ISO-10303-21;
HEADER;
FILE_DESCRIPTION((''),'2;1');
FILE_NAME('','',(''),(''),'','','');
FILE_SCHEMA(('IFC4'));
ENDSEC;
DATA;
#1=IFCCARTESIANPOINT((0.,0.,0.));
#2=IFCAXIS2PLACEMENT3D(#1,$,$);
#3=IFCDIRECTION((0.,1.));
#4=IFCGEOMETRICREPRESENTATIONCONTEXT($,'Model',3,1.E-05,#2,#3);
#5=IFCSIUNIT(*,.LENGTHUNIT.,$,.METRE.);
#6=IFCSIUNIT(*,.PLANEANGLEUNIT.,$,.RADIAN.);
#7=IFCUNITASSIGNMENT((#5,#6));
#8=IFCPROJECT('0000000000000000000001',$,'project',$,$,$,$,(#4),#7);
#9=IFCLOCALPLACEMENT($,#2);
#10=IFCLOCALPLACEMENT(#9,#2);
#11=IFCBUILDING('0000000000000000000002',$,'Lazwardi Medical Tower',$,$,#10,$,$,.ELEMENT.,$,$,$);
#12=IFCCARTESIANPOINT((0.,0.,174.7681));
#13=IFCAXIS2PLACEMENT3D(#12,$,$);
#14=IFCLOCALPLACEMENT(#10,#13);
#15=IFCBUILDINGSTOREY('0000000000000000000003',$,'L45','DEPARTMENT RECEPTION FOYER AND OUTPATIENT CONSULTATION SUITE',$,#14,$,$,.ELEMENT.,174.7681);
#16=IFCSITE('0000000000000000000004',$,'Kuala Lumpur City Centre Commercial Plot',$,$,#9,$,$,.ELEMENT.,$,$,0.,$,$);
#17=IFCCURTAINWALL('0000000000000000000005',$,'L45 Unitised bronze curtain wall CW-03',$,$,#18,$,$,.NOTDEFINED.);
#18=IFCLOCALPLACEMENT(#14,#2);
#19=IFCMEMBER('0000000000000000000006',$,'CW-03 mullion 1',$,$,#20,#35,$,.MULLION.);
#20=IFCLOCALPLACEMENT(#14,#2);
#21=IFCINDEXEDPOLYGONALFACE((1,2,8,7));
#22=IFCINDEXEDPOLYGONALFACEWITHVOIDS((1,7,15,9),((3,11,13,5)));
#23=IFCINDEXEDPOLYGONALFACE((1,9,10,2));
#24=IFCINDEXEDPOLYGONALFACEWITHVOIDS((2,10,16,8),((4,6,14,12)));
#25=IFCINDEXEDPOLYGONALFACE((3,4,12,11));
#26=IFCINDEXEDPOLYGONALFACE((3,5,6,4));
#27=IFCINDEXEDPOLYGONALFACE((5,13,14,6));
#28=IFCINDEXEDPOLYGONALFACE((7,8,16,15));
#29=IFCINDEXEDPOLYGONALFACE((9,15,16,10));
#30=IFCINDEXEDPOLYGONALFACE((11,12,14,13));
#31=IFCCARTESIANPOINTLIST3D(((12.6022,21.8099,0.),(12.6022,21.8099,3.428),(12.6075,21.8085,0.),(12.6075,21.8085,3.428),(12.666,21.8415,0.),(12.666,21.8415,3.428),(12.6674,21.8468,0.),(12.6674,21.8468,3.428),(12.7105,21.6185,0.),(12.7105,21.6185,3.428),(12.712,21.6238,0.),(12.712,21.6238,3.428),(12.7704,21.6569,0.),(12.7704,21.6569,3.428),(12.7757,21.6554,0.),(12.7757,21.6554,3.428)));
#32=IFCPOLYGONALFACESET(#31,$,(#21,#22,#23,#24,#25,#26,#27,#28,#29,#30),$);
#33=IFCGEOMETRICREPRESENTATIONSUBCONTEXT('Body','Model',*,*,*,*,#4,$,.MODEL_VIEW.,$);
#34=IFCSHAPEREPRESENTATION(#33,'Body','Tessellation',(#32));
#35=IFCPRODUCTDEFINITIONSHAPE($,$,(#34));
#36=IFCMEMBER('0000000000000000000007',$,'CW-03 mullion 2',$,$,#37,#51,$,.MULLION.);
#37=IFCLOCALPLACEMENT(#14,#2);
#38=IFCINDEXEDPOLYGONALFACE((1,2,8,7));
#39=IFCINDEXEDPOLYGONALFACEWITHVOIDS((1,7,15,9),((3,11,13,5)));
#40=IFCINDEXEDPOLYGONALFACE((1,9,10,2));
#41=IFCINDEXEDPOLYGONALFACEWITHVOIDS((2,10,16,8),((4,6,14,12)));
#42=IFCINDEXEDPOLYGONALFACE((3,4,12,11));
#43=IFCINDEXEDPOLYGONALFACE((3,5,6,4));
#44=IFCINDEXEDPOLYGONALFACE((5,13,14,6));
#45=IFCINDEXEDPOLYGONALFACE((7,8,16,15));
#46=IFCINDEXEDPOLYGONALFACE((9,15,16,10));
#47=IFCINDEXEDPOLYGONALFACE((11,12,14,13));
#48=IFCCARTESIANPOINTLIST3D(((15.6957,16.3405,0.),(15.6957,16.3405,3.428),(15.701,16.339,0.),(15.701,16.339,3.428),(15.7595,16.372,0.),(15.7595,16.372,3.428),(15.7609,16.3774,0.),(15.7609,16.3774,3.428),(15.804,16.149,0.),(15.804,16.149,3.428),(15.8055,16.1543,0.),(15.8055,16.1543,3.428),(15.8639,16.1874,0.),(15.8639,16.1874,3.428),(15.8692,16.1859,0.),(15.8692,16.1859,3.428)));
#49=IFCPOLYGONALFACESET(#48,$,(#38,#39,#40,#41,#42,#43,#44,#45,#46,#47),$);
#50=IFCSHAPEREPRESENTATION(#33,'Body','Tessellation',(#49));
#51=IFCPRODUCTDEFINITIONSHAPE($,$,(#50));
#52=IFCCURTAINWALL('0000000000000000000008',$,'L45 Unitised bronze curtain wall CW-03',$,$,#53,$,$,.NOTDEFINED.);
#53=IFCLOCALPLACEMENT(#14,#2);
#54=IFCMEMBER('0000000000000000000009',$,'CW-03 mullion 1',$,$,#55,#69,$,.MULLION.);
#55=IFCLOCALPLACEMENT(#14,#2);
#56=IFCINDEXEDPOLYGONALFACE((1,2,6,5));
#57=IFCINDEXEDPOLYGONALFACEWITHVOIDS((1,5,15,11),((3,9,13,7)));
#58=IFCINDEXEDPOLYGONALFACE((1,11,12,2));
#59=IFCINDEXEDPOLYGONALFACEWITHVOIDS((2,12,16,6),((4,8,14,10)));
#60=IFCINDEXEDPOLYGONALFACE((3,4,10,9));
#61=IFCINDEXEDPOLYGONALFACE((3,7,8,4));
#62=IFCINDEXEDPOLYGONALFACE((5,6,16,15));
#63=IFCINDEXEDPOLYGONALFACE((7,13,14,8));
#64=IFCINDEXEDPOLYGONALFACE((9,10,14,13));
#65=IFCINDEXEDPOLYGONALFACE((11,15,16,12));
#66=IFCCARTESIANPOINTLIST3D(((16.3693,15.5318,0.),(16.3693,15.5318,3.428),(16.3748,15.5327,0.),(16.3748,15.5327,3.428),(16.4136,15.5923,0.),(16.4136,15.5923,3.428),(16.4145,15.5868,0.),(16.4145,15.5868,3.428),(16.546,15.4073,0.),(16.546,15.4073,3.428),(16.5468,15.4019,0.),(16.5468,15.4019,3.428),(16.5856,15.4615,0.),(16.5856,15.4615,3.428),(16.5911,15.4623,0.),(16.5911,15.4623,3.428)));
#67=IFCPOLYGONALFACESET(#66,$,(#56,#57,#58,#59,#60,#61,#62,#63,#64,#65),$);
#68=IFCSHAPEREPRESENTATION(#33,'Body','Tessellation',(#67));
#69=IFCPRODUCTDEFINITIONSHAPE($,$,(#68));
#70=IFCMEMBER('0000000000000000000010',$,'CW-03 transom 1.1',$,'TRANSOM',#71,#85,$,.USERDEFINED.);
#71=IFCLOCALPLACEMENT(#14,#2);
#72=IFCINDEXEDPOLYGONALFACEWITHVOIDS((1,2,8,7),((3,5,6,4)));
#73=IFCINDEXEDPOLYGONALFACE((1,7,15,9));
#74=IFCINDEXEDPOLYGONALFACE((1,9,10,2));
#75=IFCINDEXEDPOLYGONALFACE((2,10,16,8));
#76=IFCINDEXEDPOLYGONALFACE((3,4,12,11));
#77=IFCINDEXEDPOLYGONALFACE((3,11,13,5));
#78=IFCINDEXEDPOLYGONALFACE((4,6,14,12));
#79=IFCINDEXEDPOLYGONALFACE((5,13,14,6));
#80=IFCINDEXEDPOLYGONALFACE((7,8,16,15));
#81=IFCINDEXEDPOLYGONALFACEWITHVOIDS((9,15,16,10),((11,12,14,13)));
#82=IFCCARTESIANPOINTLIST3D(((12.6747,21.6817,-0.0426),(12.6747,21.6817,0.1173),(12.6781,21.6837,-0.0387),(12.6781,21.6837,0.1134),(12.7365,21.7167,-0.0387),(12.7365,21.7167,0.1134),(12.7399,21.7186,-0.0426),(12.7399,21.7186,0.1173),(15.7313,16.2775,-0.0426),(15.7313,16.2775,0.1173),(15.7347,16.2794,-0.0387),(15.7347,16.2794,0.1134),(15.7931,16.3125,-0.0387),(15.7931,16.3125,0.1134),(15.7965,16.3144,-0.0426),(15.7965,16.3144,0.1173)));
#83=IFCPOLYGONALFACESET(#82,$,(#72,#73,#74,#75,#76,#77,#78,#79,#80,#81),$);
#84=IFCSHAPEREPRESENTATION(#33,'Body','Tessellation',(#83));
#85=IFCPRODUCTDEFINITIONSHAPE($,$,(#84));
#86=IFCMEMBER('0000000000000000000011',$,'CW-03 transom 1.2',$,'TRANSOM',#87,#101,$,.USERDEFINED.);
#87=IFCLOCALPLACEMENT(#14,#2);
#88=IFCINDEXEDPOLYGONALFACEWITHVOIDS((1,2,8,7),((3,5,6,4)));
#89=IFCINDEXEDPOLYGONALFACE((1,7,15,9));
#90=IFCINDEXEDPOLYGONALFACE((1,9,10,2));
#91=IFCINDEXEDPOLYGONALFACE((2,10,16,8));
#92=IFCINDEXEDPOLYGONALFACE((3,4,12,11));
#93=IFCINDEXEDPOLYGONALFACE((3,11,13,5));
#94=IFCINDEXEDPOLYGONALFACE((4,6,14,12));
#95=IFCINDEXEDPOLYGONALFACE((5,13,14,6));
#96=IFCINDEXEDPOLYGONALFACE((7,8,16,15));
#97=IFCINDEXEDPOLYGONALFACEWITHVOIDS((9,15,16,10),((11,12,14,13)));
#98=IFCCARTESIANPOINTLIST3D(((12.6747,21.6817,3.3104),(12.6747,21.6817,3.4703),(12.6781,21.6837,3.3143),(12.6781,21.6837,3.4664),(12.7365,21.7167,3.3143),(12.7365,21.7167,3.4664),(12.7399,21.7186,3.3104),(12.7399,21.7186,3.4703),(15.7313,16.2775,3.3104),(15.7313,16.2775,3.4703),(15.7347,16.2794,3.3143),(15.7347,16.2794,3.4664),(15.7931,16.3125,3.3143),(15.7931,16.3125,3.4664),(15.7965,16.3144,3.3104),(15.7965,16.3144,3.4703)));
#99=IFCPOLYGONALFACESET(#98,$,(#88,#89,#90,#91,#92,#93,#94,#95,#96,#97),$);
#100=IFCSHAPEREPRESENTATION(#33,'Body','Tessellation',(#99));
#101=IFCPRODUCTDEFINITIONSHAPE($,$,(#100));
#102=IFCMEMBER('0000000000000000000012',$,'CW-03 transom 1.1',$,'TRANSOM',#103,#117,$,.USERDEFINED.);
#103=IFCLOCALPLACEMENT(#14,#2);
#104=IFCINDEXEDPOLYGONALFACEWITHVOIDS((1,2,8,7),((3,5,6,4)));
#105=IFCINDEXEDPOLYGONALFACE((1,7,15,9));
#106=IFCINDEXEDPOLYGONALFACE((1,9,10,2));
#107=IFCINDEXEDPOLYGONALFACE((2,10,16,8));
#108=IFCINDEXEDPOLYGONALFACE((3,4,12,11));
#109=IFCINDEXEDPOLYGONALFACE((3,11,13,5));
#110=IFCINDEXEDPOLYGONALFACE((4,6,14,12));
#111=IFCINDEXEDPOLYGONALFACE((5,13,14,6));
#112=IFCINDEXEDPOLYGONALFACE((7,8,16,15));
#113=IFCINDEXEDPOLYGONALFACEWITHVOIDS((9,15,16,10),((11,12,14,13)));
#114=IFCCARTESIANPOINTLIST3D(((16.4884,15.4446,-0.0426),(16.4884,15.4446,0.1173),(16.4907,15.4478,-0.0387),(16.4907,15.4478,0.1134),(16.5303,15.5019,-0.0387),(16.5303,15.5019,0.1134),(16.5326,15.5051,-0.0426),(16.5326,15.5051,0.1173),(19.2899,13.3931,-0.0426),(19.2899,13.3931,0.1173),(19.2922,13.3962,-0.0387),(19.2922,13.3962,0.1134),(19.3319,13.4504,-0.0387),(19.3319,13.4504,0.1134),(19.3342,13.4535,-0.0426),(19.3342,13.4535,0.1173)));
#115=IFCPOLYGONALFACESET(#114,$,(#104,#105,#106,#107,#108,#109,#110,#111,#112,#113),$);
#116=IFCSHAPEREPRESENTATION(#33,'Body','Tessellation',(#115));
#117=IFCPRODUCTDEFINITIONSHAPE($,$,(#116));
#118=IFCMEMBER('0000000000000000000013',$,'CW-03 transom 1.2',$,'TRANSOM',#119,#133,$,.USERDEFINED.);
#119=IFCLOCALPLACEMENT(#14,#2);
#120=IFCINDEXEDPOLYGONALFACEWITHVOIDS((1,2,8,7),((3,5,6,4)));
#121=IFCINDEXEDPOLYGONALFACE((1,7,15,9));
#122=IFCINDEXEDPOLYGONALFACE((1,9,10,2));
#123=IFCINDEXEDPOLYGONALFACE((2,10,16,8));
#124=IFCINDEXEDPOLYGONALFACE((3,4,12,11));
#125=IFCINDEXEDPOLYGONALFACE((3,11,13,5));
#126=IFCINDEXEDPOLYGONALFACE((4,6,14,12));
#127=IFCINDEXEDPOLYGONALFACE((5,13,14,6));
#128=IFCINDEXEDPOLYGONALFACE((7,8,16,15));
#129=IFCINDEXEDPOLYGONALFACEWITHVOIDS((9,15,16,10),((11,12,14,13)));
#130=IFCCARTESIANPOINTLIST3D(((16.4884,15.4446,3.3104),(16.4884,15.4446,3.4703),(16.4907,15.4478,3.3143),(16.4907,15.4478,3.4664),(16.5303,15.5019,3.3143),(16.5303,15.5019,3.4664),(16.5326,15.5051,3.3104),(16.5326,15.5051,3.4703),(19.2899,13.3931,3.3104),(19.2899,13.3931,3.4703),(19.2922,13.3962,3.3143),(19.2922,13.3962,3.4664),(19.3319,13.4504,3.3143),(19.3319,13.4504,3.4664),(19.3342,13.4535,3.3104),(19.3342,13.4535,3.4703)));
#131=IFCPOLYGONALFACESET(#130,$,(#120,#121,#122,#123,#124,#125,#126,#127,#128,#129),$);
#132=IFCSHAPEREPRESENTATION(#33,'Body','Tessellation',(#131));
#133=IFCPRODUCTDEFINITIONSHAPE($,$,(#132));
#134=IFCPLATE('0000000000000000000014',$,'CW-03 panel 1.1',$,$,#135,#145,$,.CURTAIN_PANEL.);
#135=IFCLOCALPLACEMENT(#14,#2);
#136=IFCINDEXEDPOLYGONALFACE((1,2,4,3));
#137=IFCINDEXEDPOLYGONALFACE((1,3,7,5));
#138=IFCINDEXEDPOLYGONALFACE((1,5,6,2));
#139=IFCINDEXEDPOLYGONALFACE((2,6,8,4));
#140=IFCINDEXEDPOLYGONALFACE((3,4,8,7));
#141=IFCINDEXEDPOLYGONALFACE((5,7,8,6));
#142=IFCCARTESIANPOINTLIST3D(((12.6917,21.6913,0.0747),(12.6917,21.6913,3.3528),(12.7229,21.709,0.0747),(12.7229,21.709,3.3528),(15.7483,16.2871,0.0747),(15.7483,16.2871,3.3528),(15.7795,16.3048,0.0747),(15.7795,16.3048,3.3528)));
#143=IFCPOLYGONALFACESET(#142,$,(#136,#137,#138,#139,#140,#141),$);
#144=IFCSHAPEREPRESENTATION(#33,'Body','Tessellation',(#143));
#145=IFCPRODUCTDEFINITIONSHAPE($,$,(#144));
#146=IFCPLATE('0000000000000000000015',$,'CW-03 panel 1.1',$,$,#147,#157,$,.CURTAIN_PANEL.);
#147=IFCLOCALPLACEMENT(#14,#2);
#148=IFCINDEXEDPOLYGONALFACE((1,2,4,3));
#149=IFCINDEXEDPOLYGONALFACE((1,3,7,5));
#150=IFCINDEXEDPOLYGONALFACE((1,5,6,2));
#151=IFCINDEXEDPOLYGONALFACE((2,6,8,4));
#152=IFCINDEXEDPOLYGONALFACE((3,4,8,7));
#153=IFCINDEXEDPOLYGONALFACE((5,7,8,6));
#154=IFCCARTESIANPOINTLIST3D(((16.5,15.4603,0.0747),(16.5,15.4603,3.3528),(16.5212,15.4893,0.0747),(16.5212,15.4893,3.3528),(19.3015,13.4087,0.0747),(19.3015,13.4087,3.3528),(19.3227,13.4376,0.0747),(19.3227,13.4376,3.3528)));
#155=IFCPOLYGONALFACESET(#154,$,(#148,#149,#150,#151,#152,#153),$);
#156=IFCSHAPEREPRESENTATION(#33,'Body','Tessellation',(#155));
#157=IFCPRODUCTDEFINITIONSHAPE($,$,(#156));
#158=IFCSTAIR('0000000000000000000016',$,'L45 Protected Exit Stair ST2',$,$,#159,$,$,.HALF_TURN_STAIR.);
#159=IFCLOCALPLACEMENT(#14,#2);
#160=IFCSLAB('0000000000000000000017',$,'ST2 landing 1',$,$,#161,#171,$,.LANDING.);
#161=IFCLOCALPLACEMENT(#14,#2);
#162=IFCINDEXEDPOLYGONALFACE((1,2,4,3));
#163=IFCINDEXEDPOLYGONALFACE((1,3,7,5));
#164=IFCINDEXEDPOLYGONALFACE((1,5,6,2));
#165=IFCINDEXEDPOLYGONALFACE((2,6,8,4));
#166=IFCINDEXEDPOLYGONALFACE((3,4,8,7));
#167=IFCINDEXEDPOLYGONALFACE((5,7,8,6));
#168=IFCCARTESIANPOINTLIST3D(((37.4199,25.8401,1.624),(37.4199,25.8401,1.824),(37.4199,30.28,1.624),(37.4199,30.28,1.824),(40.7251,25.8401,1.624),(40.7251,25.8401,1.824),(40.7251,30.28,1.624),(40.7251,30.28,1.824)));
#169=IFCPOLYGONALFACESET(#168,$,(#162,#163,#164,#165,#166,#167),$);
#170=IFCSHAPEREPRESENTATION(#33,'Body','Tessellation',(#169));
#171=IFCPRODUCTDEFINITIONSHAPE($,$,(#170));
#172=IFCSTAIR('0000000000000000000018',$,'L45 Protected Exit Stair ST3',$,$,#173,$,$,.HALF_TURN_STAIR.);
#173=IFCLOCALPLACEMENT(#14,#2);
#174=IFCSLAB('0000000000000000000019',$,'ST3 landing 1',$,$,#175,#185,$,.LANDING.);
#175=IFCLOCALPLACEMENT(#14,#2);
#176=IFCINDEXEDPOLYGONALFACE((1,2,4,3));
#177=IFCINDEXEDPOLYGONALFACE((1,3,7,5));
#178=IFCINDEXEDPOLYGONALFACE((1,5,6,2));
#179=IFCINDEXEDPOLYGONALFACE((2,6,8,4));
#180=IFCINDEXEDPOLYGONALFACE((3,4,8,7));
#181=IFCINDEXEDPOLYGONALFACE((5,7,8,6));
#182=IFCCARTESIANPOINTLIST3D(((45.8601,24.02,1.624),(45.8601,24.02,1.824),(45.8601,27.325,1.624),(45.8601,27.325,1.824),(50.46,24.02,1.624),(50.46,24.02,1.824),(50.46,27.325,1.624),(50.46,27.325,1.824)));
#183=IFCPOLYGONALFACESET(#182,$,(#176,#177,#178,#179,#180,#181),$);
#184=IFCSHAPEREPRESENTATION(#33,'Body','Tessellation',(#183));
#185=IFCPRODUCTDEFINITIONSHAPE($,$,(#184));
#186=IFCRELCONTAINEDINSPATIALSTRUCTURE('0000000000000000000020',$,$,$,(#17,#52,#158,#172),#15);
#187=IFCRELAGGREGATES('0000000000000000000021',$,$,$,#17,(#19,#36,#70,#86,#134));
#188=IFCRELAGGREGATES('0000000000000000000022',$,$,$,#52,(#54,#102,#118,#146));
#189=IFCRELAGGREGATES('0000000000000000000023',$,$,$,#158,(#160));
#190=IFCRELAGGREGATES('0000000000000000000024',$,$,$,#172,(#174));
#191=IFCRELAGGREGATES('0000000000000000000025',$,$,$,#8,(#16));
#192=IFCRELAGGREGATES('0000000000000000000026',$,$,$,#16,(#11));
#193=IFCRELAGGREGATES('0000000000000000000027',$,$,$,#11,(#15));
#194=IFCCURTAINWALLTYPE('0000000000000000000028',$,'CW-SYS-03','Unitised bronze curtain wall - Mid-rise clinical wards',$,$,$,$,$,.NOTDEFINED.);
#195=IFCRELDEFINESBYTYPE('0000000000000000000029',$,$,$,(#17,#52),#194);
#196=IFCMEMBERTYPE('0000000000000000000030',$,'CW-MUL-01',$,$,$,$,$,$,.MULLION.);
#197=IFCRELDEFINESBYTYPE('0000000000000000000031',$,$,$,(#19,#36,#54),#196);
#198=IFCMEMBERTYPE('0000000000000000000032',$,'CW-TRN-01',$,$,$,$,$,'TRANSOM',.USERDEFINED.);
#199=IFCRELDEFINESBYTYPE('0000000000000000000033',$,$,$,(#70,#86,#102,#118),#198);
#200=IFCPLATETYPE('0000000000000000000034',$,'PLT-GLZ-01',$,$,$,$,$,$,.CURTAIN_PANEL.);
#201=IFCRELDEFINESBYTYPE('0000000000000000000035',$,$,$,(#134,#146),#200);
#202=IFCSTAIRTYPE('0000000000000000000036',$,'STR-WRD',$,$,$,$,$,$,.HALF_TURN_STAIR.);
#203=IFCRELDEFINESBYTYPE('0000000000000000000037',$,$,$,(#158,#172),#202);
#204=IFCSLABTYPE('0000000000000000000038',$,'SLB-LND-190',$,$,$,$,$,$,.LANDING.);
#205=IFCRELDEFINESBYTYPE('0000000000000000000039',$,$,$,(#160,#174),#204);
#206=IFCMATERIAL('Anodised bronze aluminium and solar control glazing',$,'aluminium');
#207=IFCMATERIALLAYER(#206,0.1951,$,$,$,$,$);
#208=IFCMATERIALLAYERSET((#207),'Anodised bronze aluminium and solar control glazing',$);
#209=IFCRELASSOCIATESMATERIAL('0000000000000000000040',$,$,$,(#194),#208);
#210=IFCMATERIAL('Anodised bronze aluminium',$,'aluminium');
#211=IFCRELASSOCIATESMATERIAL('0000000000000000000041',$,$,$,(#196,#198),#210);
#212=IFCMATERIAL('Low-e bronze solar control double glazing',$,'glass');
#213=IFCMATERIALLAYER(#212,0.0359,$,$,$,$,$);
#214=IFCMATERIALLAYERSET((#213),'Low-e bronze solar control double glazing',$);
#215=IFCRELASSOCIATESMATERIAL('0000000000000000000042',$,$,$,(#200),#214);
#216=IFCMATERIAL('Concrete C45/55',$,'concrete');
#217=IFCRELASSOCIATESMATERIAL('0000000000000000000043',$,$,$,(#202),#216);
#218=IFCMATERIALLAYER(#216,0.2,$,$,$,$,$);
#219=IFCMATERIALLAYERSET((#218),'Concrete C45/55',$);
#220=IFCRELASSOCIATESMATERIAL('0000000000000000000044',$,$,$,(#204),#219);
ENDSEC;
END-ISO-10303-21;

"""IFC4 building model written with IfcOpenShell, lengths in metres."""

from ifc_helpers import new_model, si_unit, direction, frame, origin, origin_2d, place, context, subcontext, project, spatial, polyline, rectangle, hollow_rectangle, outline, extrude, material, layer, layer_set, material_profile, profile_set, type_object, element, aggregate, save


model = new_model("IFC4")

# Units and contexts
model_context = context("Model", 3, precision=1e-05, world=origin(), true_north=direction((0.0, 1.0)))
body_context = subcontext(model_context, "Body", "Model", "MODEL_VIEW")
ifc_project = project(units=[si_unit("LENGTHUNIT", "METRE"), si_unit("PLANEANGLEUNIT", "RADIAN")], contexts=[model_context])

# Site, building, storey
site_placement = place(None, origin())
site = spatial("IfcSite", under=ifc_project, at=site_placement, Name="Kuala Lumpur City Centre Commercial Plot", CompositionType="ELEMENT", RefElevation=0.0)
building_placement = place(site_placement, origin())
building = spatial("IfcBuilding", under=site, at=building_placement, Name="Lazwardi Medical Tower", CompositionType="ELEMENT")
storey_placement = place(building_placement, frame((0.0, 0.0, 174.7681)))
storey = spatial("IfcBuildingStorey", under=building, at=storey_placement, Name="L45", Description="DEPARTMENT RECEPTION FOYER AND OUTPATIENT CONSULTATION SUITE", CompositionType="ELEMENT", Elevation=174.7681)

# Curtain wall, members
ifc_material_1 = material(Name="Anodised bronze aluminium and solar control glazing", Category="aluminium")
ifc_layer_1 = layer(ifc_material_1, 0.1951)
ifc_layer_set_1 = layer_set([ifc_layer_1], Name="Anodised bronze aluminium and solar control glazing")
curtain_wall_type = type_object("IfcCurtainWallType", Name="CW-SYS-03", Description="Unitised bronze curtain wall - Mid-rise clinical wards", PredefinedType="NOTDEFINED", material=ifc_layer_set_1)
curtain_wall_1_placement = place(storey_placement, origin())
curtain_wall_1 = element("IfcCurtainWall", 1, at=curtain_wall_1_placement, inside=storey, type_object=curtain_wall_type, Name="L45 Unitised bronze curtain wall CW-03", PredefinedType="NOTDEFINED")
ifc_material_2 = material(Name="Anodised bronze aluminium", Category="aluminium")
ifc_material_profile_1 = material_profile(ifc_material_2, hollow_rectangle(XDim=0.075, YDim=0.22, WallThickness=0.0039, at=origin_2d()), Name="ALU-MULLION 220x75x4")
ifc_profile_set_1 = profile_set([ifc_material_profile_1], Name="Anodised bronze aluminium")
member_type_1 = type_object("IfcMemberType", Name="CW-MUL-01", PredefinedType="MULLION", material=ifc_profile_set_1)
member_1_placement = place(storey_placement, frame((12.689, 21.7327, 0.0), z_axis=(0.0, 0.0, 1.0), x_axis=(0.870419, 0.492312, 0.0)))
member_1 = element("IfcMember", 2, at=member_1_placement, type_object=member_type_1, Name="CW-03 mullion 1", PredefinedType="MULLION", context=body_context, shape_type="SweptSolid", body=[
    extrude(hollow_rectangle(XDim=0.075, YDim=0.22, WallThickness=0.0039, at=origin_2d()), origin(), (0.0, 0.0, 1.0), 3.428),
])
member_2_placement = place(storey_placement, frame((15.7825, 16.2632, 0.0), z_axis=(0.0, 0.0, 1.0), x_axis=(0.870419, 0.492312, 0.0)))
member_2 = element("IfcMember", 3, at=member_2_placement, type_object=member_type_1, Name="CW-03 mullion 2", PredefinedType="MULLION", context=body_context, shape_type="SweptSolid", body=[
    extrude(hollow_rectangle(XDim=0.075, YDim=0.22, WallThickness=0.0039, at=origin_2d()), origin(), (0.0, 0.0, 1.0), 3.428),
])

# Curtain wall, member
curtain_wall_2_placement = place(storey_placement, origin())
curtain_wall_2 = element("IfcCurtainWall", 4, at=curtain_wall_2_placement, inside=storey, type_object=curtain_wall_type, Name="L45 Unitised bronze curtain wall CW-03", PredefinedType="NOTDEFINED")
member_3_placement = place(storey_placement, frame((16.4802, 15.4971, 0.0), z_axis=(0.0, 0.0, 1.0), x_axis=(0.590834, 0.806793, 0.0)))
member_3 = element("IfcMember", 5, at=member_3_placement, type_object=member_type_1, Name="CW-03 mullion 1", PredefinedType="MULLION", context=body_context, shape_type="SweptSolid", body=[
    extrude(hollow_rectangle(XDim=0.075, YDim=0.22, WallThickness=0.0039, at=origin_2d()), origin(), (0.0, 0.0, 1.0), 3.428),
])

# Members
ifc_material_profile_2 = material_profile(ifc_material_2, hollow_rectangle(XDim=0.075, YDim=0.1599, WallThickness=0.0039, at=origin_2d()), Name="ALU-TRANSOM 160x75x4")
ifc_profile_set_2 = profile_set([ifc_material_profile_2], Name="Anodised bronze aluminium")
member_type_2 = type_object("IfcMemberType", Name="CW-TRN-01", ElementType="TRANSOM", PredefinedType="USERDEFINED", material=ifc_profile_set_2)
member_4_placement = place(storey_placement, frame((12.7073, 21.7002, 0.0374), z_axis=(0.492306, -0.870422, 0.0), x_axis=(0.870422, 0.492306, 0.0)))
member_4 = element("IfcMember", 6, at=member_4_placement, type_object=member_type_2, Name="CW-03 transom 1.1", ObjectType="TRANSOM", PredefinedType="USERDEFINED", context=body_context, shape_type="SweptSolid", body=[
    extrude(hollow_rectangle(XDim=0.075, YDim=0.1599, WallThickness=0.0039, at=origin_2d()), origin(), (0.0, 0.0, 1.0), 6.2087),
])
member_5_placement = place(storey_placement, frame((12.7073, 21.7002, 3.3904), z_axis=(0.492306, -0.870422, 0.0), x_axis=(0.870422, 0.492306, 0.0)))
member_5 = element("IfcMember", 7, at=member_5_placement, type_object=member_type_2, Name="CW-03 transom 1.2", ObjectType="TRANSOM", PredefinedType="USERDEFINED", context=body_context, shape_type="SweptSolid", body=[
    extrude(hollow_rectangle(XDim=0.075, YDim=0.1599, WallThickness=0.0039, at=origin_2d()), origin(), (0.0, 0.0, 1.0), 6.2087),
])
member_6_placement = place(storey_placement, frame((16.5105, 15.4749, 0.0374), z_axis=(0.806807, -0.590815, 0.0), x_axis=(0.590815, 0.806807, 0.0)))
member_6 = element("IfcMember", 8, at=member_6_placement, type_object=member_type_2, Name="CW-03 transom 1.1", ObjectType="TRANSOM", PredefinedType="USERDEFINED", context=body_context, shape_type="SweptSolid", body=[
    extrude(hollow_rectangle(XDim=0.075, YDim=0.1599, WallThickness=0.0039, at=origin_2d()), origin(), (0.0, 0.0, 1.0), 3.4724),
])
member_7_placement = place(storey_placement, frame((16.5105, 15.4749, 3.3904), z_axis=(0.806807, -0.590815, 0.0), x_axis=(0.590815, 0.806807, 0.0)))
member_7 = element("IfcMember", 9, at=member_7_placement, type_object=member_type_2, Name="CW-03 transom 1.2", ObjectType="TRANSOM", PredefinedType="USERDEFINED", context=body_context, shape_type="SweptSolid", body=[
    extrude(hollow_rectangle(XDim=0.075, YDim=0.1599, WallThickness=0.0039, at=origin_2d()), origin(), (0.0, 0.0, 1.0), 3.4724),
])

# Plates
ifc_material_3 = material(Name="Low-e bronze solar control double glazing", Category="glass")
ifc_layer_2 = layer(ifc_material_3, 0.0359)
ifc_layer_set_2 = layer_set([ifc_layer_2], Name="Low-e bronze solar control double glazing")
plate_type = type_object("IfcPlateType", Name="PLT-GLZ-01", PredefinedType="CURTAIN_PANEL", material=ifc_layer_set_2)
plate_1_placement = place(storey_placement, frame((14.2356, 18.998, 0.0747), z_axis=(0.0, 0.0, 1.0), x_axis=(0.492312, -0.870419, 0.0)))
plate_1 = element("IfcPlate", 10, at=plate_1_placement, type_object=plate_type, Name="CW-03 panel 1.1", PredefinedType="CURTAIN_PANEL", context=body_context, shape_type="SweptSolid", body=[
    extrude(rectangle(XDim=6.2087, YDim=0.0359, at=origin_2d()), origin(), (0.0, 0.0, 1.0), 3.2781),
])
aggregate(curtain_wall_1, [member_1, member_2, member_4, member_5, plate_1])
plate_2_placement = place(storey_placement, frame((17.9114, 14.449, 0.0747), z_axis=(0.0, 0.0, 1.0), x_axis=(0.806793, -0.590834, 0.0)))
plate_2 = element("IfcPlate", 11, at=plate_2_placement, type_object=plate_type, Name="CW-03 panel 1.1", PredefinedType="CURTAIN_PANEL", context=body_context, shape_type="SweptSolid", body=[
    extrude(rectangle(XDim=3.4724, YDim=0.0359, at=origin_2d()), origin(), (0.0, 0.0, 1.0), 3.2781),
])
aggregate(curtain_wall_2, [member_3, member_6, member_7, plate_2])

# Stairs, slabs
ifc_material_4 = material(Name="Concrete C45/55", Category="concrete")
stair_type = type_object("IfcStairType", Name="STR-WRD", PredefinedType="HALF_TURN_STAIR", material=ifc_material_4)
stair_1_placement = place(storey_placement, origin())
stair_1 = element("IfcStair", 12, at=stair_1_placement, inside=storey, type_object=stair_type, Name="L45 Protected Exit Stair ST2", PredefinedType="HALF_TURN_STAIR")
ifc_layer_3 = layer(ifc_material_4, 0.2)
ifc_layer_set_3 = layer_set([ifc_layer_3], Name="Concrete C45/55")
slab_type = type_object("IfcSlabType", Name="SLB-LND-190", PredefinedType="LANDING", material=ifc_layer_set_3)
slab_1_placement = place(storey_placement, frame((0.0, 0.0, 1.624)))
slab_1 = element("IfcSlab", 13, at=slab_1_placement, type_object=slab_type, Name="ST2 landing 1", PredefinedType="LANDING", context=body_context, shape_type="SweptSolid", body=[
    extrude(outline(polyline([(40.7251, 30.28), (37.4199, 30.28), (37.4199, 25.8401), (40.7251, 25.8401), (40.7251, 30.28)])), origin(), (0.0, 0.0, 1.0), 0.2),
])
aggregate(stair_1, [slab_1])
stair_2_placement = place(storey_placement, origin())
stair_2 = element("IfcStair", 14, at=stair_2_placement, inside=storey, type_object=stair_type, Name="L45 Protected Exit Stair ST3", PredefinedType="HALF_TURN_STAIR")
slab_2_placement = place(storey_placement, frame((0.0, 0.0, 1.624)))
slab_2 = element("IfcSlab", 15, at=slab_2_placement, type_object=slab_type, Name="ST3 landing 1", PredefinedType="LANDING", context=body_context, shape_type="SweptSolid", body=[
    extrude(outline(polyline([(45.8601, 27.325), (45.8601, 24.02), (50.46, 24.02), (50.46, 27.325), (45.8601, 27.325)])), origin(), (0.0, 0.0, 1.0), 0.2),
])
aggregate(stair_2, [slab_2])

save(model, "model.ifc")
